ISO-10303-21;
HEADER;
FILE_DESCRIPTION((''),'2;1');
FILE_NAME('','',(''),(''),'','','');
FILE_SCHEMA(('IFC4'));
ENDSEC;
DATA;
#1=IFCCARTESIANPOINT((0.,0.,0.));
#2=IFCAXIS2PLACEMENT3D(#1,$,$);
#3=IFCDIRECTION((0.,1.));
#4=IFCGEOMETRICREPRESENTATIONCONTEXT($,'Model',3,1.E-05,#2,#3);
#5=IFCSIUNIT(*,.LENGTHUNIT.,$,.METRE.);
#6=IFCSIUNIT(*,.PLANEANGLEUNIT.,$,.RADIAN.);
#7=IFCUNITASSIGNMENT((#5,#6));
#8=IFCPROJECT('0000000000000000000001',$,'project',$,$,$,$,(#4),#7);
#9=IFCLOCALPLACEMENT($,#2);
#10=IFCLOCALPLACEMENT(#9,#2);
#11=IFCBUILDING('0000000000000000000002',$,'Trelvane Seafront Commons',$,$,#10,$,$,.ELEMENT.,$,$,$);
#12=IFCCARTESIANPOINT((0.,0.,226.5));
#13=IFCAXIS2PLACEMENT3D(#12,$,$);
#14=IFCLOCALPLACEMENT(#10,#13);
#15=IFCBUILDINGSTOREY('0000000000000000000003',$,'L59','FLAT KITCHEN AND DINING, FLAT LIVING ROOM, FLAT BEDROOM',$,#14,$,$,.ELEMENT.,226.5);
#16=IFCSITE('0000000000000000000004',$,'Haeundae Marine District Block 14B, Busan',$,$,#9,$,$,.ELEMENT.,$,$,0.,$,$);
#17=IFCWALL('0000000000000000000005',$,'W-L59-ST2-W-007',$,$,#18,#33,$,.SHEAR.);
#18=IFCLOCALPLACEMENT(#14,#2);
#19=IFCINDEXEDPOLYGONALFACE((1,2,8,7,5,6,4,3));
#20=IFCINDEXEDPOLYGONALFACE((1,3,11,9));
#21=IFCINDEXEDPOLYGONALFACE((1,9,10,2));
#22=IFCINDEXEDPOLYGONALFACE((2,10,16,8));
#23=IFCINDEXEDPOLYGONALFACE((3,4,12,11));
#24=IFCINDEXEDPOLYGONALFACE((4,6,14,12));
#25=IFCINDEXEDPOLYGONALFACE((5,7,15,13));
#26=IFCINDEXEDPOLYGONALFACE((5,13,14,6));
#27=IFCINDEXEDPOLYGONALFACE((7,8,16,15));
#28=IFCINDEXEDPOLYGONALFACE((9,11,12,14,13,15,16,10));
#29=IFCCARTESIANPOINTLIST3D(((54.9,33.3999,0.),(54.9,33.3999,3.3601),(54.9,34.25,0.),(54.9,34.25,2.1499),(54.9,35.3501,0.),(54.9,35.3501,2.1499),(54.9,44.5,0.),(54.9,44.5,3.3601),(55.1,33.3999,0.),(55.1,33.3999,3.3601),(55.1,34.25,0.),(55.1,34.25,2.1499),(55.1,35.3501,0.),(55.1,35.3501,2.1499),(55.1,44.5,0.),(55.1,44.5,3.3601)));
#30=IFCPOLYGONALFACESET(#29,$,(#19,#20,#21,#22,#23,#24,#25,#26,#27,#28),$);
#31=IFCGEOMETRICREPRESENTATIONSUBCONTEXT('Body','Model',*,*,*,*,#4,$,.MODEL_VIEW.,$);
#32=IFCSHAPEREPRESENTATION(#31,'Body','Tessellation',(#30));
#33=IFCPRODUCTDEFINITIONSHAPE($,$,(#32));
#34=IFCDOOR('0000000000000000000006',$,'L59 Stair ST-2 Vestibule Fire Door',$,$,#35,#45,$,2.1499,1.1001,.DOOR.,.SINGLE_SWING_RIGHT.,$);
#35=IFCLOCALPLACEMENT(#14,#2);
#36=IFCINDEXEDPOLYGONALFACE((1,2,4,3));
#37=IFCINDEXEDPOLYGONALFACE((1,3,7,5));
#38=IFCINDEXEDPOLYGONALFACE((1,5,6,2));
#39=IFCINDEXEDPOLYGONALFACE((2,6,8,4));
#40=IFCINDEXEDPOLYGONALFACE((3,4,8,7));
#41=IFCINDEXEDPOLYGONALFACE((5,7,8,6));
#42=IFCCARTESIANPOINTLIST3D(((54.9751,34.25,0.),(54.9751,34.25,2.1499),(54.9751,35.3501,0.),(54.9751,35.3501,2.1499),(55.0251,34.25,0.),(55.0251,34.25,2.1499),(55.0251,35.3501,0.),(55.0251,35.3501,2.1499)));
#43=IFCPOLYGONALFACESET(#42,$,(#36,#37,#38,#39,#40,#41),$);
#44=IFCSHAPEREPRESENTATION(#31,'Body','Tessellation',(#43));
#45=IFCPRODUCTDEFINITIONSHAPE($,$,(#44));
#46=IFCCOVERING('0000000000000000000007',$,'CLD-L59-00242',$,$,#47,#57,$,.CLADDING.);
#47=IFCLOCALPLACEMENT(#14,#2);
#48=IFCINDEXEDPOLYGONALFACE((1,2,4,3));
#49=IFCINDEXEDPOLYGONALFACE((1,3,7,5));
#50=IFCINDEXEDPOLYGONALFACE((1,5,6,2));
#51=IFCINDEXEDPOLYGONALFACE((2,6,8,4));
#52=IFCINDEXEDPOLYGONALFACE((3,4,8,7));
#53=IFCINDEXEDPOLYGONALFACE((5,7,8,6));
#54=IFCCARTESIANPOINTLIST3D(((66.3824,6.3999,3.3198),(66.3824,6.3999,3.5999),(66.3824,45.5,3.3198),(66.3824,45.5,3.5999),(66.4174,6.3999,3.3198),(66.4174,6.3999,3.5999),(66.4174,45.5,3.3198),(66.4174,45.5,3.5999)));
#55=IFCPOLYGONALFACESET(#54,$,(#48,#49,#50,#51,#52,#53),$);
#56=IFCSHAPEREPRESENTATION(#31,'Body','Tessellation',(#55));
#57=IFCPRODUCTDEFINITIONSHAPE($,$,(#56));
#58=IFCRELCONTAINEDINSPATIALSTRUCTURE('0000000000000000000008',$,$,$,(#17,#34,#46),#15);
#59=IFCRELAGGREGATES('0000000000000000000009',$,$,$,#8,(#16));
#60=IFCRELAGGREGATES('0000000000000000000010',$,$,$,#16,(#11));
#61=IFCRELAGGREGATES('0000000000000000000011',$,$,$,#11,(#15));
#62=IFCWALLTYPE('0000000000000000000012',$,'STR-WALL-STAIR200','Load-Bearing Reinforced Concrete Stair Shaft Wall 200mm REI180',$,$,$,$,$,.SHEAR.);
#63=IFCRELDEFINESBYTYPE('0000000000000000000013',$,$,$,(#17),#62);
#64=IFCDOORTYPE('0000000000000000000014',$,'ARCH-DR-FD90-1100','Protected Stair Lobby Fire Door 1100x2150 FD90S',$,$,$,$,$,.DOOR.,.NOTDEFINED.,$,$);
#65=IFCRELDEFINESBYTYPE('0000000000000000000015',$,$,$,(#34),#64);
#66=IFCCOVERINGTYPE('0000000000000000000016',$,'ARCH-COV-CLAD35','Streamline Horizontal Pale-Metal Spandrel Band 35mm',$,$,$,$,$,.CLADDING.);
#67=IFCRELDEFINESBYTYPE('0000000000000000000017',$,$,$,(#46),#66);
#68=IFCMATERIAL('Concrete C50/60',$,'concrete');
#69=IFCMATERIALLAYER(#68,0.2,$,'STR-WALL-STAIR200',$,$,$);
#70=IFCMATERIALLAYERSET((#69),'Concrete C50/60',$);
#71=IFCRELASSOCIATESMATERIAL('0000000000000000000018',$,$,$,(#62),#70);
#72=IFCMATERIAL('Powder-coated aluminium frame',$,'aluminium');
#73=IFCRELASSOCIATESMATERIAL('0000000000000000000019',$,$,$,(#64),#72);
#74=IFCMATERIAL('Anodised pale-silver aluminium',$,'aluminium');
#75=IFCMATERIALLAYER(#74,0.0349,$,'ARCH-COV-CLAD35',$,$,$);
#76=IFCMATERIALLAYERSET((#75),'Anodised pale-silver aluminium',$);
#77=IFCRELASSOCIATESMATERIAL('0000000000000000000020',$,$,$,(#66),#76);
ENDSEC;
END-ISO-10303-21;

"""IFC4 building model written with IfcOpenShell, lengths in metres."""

from ifc_helpers import new_model, si_unit, direction, frame, frame_2d, origin, origin_2d, place, context, subcontext, project, spatial, rectangle, extrude, source, transform, mapped, material, layer, layer_set, type_object, element, fill, save


model = new_model("IFC4")

# Units and contexts
model_context = context("Model", 3, precision=1e-05, world=origin(), true_north=direction((0.0, 1.0)))
body_context = subcontext(model_context, "Body", "Model", "MODEL_VIEW")
ifc_project = project(units=[si_unit("LENGTHUNIT", "METRE"), si_unit("PLANEANGLEUNIT", "RADIAN")], contexts=[model_context])

# Site, building, storey
site_placement = place(None, origin())
site = spatial("IfcSite", under=ifc_project, at=site_placement, Name="Haeundae Marine District Block 14B, Busan", CompositionType="ELEMENT", RefElevation=0.0)
building_placement = place(site_placement, origin())
building = spatial("IfcBuilding", under=site, at=building_placement, Name="Trelvane Seafront Commons", CompositionType="ELEMENT")
storey_placement = place(building_placement, frame((0.0, 0.0, 226.5)))
storey = spatial("IfcBuildingStorey", under=building, at=storey_placement, Name="L59", Description="FLAT KITCHEN AND DINING, FLAT LIVING ROOM, FLAT BEDROOM", CompositionType="ELEMENT", Elevation=226.5)

# Shared definitions
ifc_material_1 = material(Name="Concrete C50/60", Category="concrete")

# Shared definitions
ifc_material_2 = material(Name="Powder-coated aluminium frame", Category="aluminium")

# Wall, opening, door
ifc_layer_1 = layer(ifc_material_1, 0.2, Name="STR-WALL-STAIR200")
ifc_layer_set_1 = layer_set([ifc_layer_1], Name="Concrete C50/60")
wall_type_1 = type_object("IfcWallType", Name="STR-WALL-STAIR200", Description="Load-Bearing Reinforced Concrete Stair Shaft Wall 200mm REI180", PredefinedType="SHEAR", material=ifc_layer_set_1)
wall_1_placement = place(storey_placement, frame((55.0, 33.3999, 0.0), z_axis=(0.0, 0.0, 1.0), x_axis=(0.0, 1.0, 0.0)))
wall_1 = element("IfcWall", 1, at=wall_1_placement, inside=storey, type_object=wall_type_1, Name="W-L59-ST2-W-007", PredefinedType="SHEAR", context=body_context, shape_type="SweptSolid", body=[
    extrude(rectangle(XDim=11.1001, YDim=0.2, at=frame_2d((5.55, 0.0))), origin(), (0.0, 0.0, 1.0), 3.3601),
])
opening_1_placement = place(wall_1_placement, frame((0.8501, 0.0, 0.0)))
opening_1 = element("IfcOpeningElement", 2, at=opening_1_placement, cuts=wall_1, PredefinedType="OPENING", context=body_context, shape_type="SweptSolid", body=[
    extrude(rectangle(XDim=1.1001, YDim=2.1499, at=frame_2d((0.55, 1.075))), frame((0.0, 0.1099, 0.0), z_axis=(0.0, -1.0, 0.0), x_axis=(1.0, 0.0, 0.0)), (0.0, 0.0, 1.0), 0.22),
])
door_type_1 = type_object("IfcDoorType", Name="ARCH-DR-FD90-1100", Description="Protected Stair Lobby Fire Door 1100x2150 FD90S", OperationType="NOTDEFINED", PredefinedType="DOOR", material=ifc_material_2)
shared_shape_1 = source(origin(), body_context, "Body", "SweptSolid", [
    extrude(rectangle(XDim=1.1001, YDim=2.1499, at=frame_2d((0.55, 1.075))), frame((0.0, 0.0249, 0.0), z_axis=(0.0, -1.0, 0.0), x_axis=(1.0, 0.0, 0.0)), (0.0, 0.0, 1.0), 0.05),
])
door_1_placement = place(opening_1_placement, origin())
door_1 = element("IfcDoor", 3, at=door_1_placement, inside=storey, type_object=door_type_1, Name="L59 Stair ST-2 Vestibule Fire Door", OperationType="SINGLE_SWING_RIGHT", OverallHeight=2.1499, OverallWidth=1.1001, PredefinedType="DOOR", context=body_context, shape_type="MappedRepresentation", body=[
    mapped(shared_shape_1, transform((0.0, 0.0, 0.0), x_axis=(1.0, 0.0, 0.0), y_axis=(0.0, 1.0, 0.0), z_axis=(0.0, 0.0, 1.0), scale=1.0)),
])
fill(opening_1, door_1)

# Covering
ifc_material_3 = material(Name="Anodised pale-silver aluminium", Category="aluminium")
ifc_layer_2 = layer(ifc_material_3, 0.0349, Name="ARCH-COV-CLAD35")
ifc_layer_set_2 = layer_set([ifc_layer_2], Name="Anodised pale-silver aluminium")
covering_type = type_object("IfcCoveringType", Name="ARCH-COV-CLAD35", Description="Streamline Horizontal Pale-Metal Spandrel Band 35mm", PredefinedType="CLADDING", material=ifc_layer_set_2)
shared_shape_2 = source(origin(), body_context, "Body", "SweptSolid", [
    extrude(rectangle(XDim=39.1001, YDim=0.0349, at=origin_2d()), origin(), (0.0, 0.0, 1.0), 0.28),
])
covering_placement = place(storey_placement, frame((66.3999, 25.95, 3.3198), z_axis=(0.0, 0.0, 1.0), x_axis=(0.0, -1.0, 0.0)))
element("IfcCovering", 4, at=covering_placement, inside=storey, type_object=covering_type, Name="CLD-L59-00242", PredefinedType="CLADDING", context=body_context, shape_type="MappedRepresentation", body=[
    mapped(shared_shape_2, transform((0.0, 0.0, 0.0), x_axis=(1.0, 0.0, 0.0), y_axis=(0.0, 1.0, 0.0), z_axis=(0.0, 0.0, 1.0), scale=1.0)),
])

save(model, "model.ifc")
